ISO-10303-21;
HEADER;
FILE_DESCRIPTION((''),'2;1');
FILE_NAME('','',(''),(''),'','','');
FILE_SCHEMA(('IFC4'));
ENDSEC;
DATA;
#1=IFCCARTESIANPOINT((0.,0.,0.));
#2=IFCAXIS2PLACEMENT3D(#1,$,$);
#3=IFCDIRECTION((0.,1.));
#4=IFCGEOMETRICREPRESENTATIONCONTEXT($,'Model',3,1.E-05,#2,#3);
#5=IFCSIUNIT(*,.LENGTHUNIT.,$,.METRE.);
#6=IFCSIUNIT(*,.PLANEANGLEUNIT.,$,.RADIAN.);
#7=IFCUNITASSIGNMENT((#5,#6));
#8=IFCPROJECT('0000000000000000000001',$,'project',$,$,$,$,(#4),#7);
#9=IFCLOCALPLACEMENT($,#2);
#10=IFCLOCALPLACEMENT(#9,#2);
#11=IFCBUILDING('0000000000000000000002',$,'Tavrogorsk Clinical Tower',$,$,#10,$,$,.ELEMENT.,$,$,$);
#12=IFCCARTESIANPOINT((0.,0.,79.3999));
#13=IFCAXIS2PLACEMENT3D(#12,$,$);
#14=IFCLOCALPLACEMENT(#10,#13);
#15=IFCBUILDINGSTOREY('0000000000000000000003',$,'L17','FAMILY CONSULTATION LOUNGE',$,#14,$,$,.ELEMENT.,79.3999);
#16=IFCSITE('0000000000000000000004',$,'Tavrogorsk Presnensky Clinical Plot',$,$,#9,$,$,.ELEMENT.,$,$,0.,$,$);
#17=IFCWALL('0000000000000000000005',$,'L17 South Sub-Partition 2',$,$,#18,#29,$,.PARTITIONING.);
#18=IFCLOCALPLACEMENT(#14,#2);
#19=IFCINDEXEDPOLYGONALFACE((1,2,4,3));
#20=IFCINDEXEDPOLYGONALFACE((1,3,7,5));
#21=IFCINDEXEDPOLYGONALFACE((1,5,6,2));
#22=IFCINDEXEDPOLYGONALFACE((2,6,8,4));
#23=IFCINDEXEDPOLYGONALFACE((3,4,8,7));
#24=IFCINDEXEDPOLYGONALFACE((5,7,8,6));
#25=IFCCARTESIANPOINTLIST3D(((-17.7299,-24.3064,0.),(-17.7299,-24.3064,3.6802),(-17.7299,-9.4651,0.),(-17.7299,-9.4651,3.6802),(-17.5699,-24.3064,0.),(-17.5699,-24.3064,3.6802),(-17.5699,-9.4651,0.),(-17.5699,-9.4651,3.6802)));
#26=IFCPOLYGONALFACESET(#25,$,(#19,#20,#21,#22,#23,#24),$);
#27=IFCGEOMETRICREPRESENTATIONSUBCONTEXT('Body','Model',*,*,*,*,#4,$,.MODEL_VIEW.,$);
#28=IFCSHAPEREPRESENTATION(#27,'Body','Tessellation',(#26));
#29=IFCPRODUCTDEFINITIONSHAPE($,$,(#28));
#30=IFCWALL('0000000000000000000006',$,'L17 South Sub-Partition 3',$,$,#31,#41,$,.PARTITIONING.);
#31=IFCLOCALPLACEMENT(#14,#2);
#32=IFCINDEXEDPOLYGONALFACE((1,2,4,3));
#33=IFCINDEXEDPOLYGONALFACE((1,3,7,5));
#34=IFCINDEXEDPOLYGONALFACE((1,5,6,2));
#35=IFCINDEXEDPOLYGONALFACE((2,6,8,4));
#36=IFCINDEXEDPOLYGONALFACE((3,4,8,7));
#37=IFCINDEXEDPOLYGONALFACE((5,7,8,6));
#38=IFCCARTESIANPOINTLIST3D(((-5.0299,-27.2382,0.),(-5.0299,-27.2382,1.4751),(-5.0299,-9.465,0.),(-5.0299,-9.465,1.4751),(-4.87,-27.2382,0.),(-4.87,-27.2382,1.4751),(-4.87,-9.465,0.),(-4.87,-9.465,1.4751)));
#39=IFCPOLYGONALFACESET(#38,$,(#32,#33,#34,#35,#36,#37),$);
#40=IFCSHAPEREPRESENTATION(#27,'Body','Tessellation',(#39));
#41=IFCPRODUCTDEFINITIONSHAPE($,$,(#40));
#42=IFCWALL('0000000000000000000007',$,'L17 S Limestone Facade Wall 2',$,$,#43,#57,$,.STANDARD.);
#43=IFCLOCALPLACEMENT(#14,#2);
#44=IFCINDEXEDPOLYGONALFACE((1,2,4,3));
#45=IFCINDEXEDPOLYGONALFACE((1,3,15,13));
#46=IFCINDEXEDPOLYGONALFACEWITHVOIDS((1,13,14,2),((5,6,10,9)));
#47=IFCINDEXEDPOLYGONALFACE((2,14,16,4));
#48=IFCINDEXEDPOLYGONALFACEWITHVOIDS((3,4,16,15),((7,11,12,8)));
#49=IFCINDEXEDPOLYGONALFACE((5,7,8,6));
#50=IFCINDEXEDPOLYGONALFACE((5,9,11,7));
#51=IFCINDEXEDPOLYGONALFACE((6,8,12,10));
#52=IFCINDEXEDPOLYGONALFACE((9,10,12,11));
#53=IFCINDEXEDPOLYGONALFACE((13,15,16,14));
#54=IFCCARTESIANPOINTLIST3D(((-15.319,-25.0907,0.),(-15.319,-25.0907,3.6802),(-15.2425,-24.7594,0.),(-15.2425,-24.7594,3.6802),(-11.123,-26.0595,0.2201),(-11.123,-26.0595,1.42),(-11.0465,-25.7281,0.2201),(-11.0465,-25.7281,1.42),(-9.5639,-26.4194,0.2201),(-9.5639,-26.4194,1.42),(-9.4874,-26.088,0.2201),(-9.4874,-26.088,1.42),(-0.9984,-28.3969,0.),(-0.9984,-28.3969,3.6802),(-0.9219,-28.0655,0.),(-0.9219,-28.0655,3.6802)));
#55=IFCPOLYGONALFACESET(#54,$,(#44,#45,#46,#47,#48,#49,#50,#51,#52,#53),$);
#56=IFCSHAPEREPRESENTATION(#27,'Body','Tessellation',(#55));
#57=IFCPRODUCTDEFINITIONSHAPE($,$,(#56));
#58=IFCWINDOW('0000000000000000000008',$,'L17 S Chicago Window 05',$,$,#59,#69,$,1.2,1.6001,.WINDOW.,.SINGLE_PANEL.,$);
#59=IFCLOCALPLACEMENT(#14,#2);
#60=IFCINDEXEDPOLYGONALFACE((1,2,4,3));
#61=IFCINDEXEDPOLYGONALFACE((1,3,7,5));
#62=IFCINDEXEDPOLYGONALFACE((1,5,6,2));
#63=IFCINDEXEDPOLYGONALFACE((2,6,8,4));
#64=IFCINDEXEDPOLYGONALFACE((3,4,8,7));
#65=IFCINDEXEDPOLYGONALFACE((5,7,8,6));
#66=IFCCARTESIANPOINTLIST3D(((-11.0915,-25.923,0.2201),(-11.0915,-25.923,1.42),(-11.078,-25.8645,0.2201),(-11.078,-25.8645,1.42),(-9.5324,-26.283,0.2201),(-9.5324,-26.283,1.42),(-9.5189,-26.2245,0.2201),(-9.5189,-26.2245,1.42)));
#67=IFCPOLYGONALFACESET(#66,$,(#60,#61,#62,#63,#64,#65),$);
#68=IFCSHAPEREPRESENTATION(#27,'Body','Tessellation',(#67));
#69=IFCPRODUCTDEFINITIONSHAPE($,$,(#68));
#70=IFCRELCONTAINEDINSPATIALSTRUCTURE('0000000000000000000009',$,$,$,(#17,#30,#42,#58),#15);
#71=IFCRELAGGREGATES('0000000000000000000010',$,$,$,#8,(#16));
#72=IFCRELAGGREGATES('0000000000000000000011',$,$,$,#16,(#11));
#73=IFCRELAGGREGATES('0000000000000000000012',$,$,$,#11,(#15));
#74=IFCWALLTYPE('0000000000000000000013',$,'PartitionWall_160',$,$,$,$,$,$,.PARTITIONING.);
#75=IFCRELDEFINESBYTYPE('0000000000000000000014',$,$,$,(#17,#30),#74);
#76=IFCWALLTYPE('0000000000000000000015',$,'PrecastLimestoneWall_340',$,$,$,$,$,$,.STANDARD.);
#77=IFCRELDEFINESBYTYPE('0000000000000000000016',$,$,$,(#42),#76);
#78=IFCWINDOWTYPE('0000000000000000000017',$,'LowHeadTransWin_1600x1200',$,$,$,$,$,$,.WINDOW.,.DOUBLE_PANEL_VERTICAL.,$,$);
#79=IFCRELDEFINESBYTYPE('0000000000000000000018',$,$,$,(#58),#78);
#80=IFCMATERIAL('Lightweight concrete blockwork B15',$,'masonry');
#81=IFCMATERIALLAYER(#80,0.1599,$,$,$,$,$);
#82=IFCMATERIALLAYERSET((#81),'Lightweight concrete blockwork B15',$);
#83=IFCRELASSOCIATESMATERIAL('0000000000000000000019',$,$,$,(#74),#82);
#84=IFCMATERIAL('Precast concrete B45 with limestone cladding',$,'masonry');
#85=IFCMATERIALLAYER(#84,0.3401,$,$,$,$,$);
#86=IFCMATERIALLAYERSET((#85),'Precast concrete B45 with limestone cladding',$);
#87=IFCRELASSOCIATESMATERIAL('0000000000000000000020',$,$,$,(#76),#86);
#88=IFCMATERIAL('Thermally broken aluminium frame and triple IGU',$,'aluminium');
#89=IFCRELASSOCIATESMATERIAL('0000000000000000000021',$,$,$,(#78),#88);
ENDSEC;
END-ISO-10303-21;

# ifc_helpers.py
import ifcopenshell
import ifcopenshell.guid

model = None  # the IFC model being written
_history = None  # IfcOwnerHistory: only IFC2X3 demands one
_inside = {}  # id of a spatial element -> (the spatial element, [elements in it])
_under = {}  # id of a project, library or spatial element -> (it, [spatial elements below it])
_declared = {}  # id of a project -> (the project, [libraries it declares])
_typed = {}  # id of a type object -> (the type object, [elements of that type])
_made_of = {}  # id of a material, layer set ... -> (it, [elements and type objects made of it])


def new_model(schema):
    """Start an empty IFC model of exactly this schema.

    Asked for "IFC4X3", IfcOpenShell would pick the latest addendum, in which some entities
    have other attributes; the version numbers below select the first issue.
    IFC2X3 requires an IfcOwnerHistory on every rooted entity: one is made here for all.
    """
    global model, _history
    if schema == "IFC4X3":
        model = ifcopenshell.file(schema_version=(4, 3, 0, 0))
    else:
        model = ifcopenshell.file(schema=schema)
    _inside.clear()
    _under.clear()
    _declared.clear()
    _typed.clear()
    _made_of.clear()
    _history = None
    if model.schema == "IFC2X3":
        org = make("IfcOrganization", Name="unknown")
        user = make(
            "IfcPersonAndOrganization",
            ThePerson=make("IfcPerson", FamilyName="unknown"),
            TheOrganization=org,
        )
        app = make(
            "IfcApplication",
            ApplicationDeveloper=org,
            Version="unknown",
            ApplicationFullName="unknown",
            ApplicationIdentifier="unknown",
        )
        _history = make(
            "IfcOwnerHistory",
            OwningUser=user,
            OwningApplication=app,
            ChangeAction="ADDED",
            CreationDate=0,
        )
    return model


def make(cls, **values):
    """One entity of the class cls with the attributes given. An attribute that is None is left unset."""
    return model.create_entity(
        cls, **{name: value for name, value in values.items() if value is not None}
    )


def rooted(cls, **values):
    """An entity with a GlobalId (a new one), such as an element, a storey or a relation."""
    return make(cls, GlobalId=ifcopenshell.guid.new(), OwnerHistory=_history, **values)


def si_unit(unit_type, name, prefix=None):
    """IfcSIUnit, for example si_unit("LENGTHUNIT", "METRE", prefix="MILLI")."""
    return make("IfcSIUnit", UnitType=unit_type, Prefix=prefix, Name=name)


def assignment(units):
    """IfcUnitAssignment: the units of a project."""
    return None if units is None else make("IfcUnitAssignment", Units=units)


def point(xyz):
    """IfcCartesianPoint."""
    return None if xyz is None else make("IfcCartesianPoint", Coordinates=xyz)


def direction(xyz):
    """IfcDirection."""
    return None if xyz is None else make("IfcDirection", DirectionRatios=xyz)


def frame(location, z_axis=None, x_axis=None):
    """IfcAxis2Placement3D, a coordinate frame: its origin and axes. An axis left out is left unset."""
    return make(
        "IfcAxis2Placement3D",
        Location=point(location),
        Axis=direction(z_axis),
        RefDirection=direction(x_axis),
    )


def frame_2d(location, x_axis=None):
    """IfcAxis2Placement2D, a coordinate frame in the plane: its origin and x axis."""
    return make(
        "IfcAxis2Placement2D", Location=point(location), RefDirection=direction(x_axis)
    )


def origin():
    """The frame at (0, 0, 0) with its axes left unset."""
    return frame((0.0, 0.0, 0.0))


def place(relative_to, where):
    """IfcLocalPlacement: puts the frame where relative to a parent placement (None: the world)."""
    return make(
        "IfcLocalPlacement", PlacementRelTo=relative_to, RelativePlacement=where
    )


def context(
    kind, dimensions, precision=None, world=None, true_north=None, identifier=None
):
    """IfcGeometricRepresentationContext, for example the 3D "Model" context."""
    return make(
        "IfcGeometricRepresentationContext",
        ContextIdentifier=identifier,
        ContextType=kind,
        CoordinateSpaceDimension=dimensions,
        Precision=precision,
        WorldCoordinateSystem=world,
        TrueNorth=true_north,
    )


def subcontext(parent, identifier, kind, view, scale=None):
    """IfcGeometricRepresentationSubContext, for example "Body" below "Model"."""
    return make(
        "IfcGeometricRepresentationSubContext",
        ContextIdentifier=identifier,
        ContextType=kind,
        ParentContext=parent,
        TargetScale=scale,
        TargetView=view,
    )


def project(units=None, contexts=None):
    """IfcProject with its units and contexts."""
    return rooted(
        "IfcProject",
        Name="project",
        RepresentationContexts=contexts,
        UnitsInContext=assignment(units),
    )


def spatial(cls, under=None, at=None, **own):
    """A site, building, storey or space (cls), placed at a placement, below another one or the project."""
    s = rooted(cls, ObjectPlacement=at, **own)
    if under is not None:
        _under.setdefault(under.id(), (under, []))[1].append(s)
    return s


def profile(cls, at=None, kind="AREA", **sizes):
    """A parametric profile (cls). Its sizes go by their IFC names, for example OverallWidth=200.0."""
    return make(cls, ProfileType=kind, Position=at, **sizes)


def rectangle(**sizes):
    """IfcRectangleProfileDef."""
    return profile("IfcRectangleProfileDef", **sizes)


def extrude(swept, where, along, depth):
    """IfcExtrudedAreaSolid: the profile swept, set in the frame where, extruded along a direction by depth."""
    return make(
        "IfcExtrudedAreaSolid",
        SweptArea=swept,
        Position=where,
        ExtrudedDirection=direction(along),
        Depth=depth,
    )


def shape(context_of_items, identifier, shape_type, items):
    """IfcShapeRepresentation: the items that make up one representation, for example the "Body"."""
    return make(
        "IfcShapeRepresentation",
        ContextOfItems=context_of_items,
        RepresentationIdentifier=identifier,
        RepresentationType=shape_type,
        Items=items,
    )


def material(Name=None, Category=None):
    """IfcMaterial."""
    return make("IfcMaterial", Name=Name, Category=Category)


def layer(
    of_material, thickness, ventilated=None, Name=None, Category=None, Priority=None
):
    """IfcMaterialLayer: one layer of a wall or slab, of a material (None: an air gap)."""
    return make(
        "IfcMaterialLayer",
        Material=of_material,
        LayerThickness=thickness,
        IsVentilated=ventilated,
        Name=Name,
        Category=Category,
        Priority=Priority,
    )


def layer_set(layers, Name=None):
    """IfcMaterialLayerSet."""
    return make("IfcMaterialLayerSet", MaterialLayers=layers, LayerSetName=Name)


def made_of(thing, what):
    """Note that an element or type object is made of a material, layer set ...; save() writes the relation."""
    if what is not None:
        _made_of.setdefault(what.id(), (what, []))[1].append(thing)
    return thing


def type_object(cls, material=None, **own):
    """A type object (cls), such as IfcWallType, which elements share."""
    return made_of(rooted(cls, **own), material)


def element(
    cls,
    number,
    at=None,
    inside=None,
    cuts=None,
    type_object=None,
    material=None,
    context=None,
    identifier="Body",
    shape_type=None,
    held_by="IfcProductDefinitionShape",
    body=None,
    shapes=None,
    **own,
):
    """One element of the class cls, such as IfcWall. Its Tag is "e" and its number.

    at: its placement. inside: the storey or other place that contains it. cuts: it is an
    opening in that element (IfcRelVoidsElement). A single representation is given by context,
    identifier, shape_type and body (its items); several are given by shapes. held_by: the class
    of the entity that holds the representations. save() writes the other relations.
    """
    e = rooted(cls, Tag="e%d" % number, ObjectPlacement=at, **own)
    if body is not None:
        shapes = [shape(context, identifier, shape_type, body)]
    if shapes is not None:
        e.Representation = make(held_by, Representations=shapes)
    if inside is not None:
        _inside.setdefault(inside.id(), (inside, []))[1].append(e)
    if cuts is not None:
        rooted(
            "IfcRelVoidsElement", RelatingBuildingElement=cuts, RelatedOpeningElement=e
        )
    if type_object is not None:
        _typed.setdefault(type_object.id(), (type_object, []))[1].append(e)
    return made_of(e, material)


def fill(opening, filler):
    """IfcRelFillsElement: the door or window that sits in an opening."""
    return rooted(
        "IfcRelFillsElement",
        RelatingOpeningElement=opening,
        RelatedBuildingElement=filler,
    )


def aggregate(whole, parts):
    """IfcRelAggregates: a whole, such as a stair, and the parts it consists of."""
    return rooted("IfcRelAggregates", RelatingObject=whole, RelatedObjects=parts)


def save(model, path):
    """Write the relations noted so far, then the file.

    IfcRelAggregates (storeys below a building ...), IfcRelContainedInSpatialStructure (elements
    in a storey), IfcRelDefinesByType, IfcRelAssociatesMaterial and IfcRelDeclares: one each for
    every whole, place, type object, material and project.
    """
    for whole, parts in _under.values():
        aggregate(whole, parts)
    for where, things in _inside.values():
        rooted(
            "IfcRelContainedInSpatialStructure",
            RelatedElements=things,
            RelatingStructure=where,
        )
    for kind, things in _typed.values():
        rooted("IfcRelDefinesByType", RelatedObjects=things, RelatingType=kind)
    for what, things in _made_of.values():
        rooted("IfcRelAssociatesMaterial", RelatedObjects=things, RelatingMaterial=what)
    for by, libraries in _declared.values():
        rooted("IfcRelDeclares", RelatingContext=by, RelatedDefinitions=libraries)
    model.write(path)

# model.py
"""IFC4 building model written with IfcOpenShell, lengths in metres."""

from ifc_helpers import new_model, si_unit, direction, frame, frame_2d, origin, place, context, subcontext, project, spatial, rectangle, extrude, material, layer, layer_set, type_object, element, fill, save


model = new_model("IFC4")

# Units and contexts
model_context = context("Model", 3, precision=1e-05, world=origin(), true_north=direction((0.0, 1.0)))
body_context = subcontext(model_context, "Body", "Model", "MODEL_VIEW")
ifc_project = project(units=[si_unit("LENGTHUNIT", "METRE"), si_unit("PLANEANGLEUNIT", "RADIAN")], contexts=[model_context])

# Site, building, storey
site_placement = place(None, origin())
site = spatial("IfcSite", under=ifc_project, at=site_placement, Name="Tavrogorsk Presnensky Clinical Plot", CompositionType="ELEMENT", RefElevation=0.0)
building_placement = place(site_placement, origin())
building = spatial("IfcBuilding", under=site, at=building_placement, Name="Tavrogorsk Clinical Tower", CompositionType="ELEMENT")
storey_placement = place(building_placement, frame((0.0, 0.0, 79.3999)))
storey = spatial("IfcBuildingStorey", under=building, at=storey_placement, Name="L17", Description="FAMILY CONSULTATION LOUNGE", CompositionType="ELEMENT", Elevation=79.3999)

# Shared definitions
ifc_material_1 = material(Name="Lightweight concrete blockwork B15", Category="masonry")
ifc_layer_1 = layer(ifc_material_1, 0.1599)
ifc_layer_set_1 = layer_set([ifc_layer_1], Name="Lightweight concrete blockwork B15")
wall_type_1 = type_object("IfcWallType", Name="PartitionWall_160", PredefinedType="PARTITIONING", material=ifc_layer_set_1)

# Walls
wall_1_placement = place(storey_placement, frame((-17.6499, -24.3064, 0.0), z_axis=(0.0, 0.0, 1.0), x_axis=(0.0, 1.0, 0.0)))
element("IfcWall", 1, at=wall_1_placement, inside=storey, type_object=wall_type_1, Name="L17 South Sub-Partition 2", PredefinedType="PARTITIONING", context=body_context, shape_type="SweptSolid", body=[
    extrude(rectangle(XDim=14.8413, YDim=0.1599, at=frame_2d((7.4207, 0.0))), origin(), (0.0, 0.0, 1.0), 3.6802),
])
wall_2_placement = place(storey_placement, frame((-4.95, -27.2383, 0.0), z_axis=(0.0, 0.0, 1.0), x_axis=(0.0, 1.0, 0.0)))
element("IfcWall", 2, at=wall_2_placement, inside=storey, type_object=wall_type_1, Name="L17 South Sub-Partition 3", PredefinedType="PARTITIONING", context=body_context, shape_type="SweptSolid", body=[
    extrude(rectangle(XDim=17.7732, YDim=0.1599, at=frame_2d((8.8867, 0.0))), origin(), (0.0, 0.0, 1.0), 1.4751),
])

# Wall, opening, window
ifc_material_2 = material(Name="Precast concrete B45 with limestone cladding", Category="masonry")
ifc_layer_2 = layer(ifc_material_2, 0.3401)
ifc_layer_set_2 = layer_set([ifc_layer_2], Name="Precast concrete B45 with limestone cladding")
wall_type_2 = type_object("IfcWallType", Name="PrecastLimestoneWall_340", PredefinedType="STANDARD", material=ifc_layer_set_2)
wall_3_placement = place(storey_placement, frame((-15.2808, -24.925, 0.0), z_axis=(0.0, 0.0, 1.0), x_axis=(0.97437, -0.22495, 0.0)))
wall_3 = element("IfcWall", 3, at=wall_3_placement, inside=storey, type_object=wall_type_2, Name="L17 S Limestone Facade Wall 2", PredefinedType="STANDARD", context=body_context, shape_type="SweptSolid", body=[
    extrude(rectangle(XDim=14.6973, YDim=0.3401, at=frame_2d((7.3486, 0.0))), origin(), (0.0, 0.0, 1.0), 3.6802),
])
opening_1_placement = place(wall_3_placement, frame((4.3064, 0.0, 0.22)))
opening_1 = element("IfcOpeningElement", 4, at=opening_1_placement, cuts=wall_3, PredefinedType="OPENING", context=body_context, shape_type="SweptSolid", body=[
    extrude(rectangle(XDim=1.6001, YDim=1.2, at=frame_2d((0.8, 0.6001))), frame((0.0, 0.1799, 0.0), z_axis=(0.0, -1.0, 0.0), x_axis=(1.0, 0.0, 0.0)), (0.0, 0.0, 1.0), 0.3601),
])
ifc_material_3 = material(Name="Thermally broken aluminium frame and triple IGU", Category="aluminium")
window_type = type_object("IfcWindowType", Name="LowHeadTransWin_1600x1200", PartitioningType="DOUBLE_PANEL_VERTICAL", PredefinedType="WINDOW", material=ifc_material_3)
window_placement = place(opening_1_placement, origin())
window = element("IfcWindow", 5, at=window_placement, inside=storey, type_object=window_type, Name="L17 S Chicago Window 05", OverallHeight=1.2, OverallWidth=1.6001, PartitioningType="SINGLE_PANEL", PredefinedType="WINDOW", context=body_context, shape_type="SweptSolid", body=[
    extrude(rectangle(XDim=1.6001, YDim=1.2, at=frame_2d((0.8, 0.6001))), frame((0.0, 0.03, 0.0), z_axis=(0.0, -1.0, 0.0), x_axis=(1.0, 0.0, 0.0)), (0.0, 0.0, 1.0), 0.0601),
])
fill(opening_1, window)

save(model, "model.ifc")
